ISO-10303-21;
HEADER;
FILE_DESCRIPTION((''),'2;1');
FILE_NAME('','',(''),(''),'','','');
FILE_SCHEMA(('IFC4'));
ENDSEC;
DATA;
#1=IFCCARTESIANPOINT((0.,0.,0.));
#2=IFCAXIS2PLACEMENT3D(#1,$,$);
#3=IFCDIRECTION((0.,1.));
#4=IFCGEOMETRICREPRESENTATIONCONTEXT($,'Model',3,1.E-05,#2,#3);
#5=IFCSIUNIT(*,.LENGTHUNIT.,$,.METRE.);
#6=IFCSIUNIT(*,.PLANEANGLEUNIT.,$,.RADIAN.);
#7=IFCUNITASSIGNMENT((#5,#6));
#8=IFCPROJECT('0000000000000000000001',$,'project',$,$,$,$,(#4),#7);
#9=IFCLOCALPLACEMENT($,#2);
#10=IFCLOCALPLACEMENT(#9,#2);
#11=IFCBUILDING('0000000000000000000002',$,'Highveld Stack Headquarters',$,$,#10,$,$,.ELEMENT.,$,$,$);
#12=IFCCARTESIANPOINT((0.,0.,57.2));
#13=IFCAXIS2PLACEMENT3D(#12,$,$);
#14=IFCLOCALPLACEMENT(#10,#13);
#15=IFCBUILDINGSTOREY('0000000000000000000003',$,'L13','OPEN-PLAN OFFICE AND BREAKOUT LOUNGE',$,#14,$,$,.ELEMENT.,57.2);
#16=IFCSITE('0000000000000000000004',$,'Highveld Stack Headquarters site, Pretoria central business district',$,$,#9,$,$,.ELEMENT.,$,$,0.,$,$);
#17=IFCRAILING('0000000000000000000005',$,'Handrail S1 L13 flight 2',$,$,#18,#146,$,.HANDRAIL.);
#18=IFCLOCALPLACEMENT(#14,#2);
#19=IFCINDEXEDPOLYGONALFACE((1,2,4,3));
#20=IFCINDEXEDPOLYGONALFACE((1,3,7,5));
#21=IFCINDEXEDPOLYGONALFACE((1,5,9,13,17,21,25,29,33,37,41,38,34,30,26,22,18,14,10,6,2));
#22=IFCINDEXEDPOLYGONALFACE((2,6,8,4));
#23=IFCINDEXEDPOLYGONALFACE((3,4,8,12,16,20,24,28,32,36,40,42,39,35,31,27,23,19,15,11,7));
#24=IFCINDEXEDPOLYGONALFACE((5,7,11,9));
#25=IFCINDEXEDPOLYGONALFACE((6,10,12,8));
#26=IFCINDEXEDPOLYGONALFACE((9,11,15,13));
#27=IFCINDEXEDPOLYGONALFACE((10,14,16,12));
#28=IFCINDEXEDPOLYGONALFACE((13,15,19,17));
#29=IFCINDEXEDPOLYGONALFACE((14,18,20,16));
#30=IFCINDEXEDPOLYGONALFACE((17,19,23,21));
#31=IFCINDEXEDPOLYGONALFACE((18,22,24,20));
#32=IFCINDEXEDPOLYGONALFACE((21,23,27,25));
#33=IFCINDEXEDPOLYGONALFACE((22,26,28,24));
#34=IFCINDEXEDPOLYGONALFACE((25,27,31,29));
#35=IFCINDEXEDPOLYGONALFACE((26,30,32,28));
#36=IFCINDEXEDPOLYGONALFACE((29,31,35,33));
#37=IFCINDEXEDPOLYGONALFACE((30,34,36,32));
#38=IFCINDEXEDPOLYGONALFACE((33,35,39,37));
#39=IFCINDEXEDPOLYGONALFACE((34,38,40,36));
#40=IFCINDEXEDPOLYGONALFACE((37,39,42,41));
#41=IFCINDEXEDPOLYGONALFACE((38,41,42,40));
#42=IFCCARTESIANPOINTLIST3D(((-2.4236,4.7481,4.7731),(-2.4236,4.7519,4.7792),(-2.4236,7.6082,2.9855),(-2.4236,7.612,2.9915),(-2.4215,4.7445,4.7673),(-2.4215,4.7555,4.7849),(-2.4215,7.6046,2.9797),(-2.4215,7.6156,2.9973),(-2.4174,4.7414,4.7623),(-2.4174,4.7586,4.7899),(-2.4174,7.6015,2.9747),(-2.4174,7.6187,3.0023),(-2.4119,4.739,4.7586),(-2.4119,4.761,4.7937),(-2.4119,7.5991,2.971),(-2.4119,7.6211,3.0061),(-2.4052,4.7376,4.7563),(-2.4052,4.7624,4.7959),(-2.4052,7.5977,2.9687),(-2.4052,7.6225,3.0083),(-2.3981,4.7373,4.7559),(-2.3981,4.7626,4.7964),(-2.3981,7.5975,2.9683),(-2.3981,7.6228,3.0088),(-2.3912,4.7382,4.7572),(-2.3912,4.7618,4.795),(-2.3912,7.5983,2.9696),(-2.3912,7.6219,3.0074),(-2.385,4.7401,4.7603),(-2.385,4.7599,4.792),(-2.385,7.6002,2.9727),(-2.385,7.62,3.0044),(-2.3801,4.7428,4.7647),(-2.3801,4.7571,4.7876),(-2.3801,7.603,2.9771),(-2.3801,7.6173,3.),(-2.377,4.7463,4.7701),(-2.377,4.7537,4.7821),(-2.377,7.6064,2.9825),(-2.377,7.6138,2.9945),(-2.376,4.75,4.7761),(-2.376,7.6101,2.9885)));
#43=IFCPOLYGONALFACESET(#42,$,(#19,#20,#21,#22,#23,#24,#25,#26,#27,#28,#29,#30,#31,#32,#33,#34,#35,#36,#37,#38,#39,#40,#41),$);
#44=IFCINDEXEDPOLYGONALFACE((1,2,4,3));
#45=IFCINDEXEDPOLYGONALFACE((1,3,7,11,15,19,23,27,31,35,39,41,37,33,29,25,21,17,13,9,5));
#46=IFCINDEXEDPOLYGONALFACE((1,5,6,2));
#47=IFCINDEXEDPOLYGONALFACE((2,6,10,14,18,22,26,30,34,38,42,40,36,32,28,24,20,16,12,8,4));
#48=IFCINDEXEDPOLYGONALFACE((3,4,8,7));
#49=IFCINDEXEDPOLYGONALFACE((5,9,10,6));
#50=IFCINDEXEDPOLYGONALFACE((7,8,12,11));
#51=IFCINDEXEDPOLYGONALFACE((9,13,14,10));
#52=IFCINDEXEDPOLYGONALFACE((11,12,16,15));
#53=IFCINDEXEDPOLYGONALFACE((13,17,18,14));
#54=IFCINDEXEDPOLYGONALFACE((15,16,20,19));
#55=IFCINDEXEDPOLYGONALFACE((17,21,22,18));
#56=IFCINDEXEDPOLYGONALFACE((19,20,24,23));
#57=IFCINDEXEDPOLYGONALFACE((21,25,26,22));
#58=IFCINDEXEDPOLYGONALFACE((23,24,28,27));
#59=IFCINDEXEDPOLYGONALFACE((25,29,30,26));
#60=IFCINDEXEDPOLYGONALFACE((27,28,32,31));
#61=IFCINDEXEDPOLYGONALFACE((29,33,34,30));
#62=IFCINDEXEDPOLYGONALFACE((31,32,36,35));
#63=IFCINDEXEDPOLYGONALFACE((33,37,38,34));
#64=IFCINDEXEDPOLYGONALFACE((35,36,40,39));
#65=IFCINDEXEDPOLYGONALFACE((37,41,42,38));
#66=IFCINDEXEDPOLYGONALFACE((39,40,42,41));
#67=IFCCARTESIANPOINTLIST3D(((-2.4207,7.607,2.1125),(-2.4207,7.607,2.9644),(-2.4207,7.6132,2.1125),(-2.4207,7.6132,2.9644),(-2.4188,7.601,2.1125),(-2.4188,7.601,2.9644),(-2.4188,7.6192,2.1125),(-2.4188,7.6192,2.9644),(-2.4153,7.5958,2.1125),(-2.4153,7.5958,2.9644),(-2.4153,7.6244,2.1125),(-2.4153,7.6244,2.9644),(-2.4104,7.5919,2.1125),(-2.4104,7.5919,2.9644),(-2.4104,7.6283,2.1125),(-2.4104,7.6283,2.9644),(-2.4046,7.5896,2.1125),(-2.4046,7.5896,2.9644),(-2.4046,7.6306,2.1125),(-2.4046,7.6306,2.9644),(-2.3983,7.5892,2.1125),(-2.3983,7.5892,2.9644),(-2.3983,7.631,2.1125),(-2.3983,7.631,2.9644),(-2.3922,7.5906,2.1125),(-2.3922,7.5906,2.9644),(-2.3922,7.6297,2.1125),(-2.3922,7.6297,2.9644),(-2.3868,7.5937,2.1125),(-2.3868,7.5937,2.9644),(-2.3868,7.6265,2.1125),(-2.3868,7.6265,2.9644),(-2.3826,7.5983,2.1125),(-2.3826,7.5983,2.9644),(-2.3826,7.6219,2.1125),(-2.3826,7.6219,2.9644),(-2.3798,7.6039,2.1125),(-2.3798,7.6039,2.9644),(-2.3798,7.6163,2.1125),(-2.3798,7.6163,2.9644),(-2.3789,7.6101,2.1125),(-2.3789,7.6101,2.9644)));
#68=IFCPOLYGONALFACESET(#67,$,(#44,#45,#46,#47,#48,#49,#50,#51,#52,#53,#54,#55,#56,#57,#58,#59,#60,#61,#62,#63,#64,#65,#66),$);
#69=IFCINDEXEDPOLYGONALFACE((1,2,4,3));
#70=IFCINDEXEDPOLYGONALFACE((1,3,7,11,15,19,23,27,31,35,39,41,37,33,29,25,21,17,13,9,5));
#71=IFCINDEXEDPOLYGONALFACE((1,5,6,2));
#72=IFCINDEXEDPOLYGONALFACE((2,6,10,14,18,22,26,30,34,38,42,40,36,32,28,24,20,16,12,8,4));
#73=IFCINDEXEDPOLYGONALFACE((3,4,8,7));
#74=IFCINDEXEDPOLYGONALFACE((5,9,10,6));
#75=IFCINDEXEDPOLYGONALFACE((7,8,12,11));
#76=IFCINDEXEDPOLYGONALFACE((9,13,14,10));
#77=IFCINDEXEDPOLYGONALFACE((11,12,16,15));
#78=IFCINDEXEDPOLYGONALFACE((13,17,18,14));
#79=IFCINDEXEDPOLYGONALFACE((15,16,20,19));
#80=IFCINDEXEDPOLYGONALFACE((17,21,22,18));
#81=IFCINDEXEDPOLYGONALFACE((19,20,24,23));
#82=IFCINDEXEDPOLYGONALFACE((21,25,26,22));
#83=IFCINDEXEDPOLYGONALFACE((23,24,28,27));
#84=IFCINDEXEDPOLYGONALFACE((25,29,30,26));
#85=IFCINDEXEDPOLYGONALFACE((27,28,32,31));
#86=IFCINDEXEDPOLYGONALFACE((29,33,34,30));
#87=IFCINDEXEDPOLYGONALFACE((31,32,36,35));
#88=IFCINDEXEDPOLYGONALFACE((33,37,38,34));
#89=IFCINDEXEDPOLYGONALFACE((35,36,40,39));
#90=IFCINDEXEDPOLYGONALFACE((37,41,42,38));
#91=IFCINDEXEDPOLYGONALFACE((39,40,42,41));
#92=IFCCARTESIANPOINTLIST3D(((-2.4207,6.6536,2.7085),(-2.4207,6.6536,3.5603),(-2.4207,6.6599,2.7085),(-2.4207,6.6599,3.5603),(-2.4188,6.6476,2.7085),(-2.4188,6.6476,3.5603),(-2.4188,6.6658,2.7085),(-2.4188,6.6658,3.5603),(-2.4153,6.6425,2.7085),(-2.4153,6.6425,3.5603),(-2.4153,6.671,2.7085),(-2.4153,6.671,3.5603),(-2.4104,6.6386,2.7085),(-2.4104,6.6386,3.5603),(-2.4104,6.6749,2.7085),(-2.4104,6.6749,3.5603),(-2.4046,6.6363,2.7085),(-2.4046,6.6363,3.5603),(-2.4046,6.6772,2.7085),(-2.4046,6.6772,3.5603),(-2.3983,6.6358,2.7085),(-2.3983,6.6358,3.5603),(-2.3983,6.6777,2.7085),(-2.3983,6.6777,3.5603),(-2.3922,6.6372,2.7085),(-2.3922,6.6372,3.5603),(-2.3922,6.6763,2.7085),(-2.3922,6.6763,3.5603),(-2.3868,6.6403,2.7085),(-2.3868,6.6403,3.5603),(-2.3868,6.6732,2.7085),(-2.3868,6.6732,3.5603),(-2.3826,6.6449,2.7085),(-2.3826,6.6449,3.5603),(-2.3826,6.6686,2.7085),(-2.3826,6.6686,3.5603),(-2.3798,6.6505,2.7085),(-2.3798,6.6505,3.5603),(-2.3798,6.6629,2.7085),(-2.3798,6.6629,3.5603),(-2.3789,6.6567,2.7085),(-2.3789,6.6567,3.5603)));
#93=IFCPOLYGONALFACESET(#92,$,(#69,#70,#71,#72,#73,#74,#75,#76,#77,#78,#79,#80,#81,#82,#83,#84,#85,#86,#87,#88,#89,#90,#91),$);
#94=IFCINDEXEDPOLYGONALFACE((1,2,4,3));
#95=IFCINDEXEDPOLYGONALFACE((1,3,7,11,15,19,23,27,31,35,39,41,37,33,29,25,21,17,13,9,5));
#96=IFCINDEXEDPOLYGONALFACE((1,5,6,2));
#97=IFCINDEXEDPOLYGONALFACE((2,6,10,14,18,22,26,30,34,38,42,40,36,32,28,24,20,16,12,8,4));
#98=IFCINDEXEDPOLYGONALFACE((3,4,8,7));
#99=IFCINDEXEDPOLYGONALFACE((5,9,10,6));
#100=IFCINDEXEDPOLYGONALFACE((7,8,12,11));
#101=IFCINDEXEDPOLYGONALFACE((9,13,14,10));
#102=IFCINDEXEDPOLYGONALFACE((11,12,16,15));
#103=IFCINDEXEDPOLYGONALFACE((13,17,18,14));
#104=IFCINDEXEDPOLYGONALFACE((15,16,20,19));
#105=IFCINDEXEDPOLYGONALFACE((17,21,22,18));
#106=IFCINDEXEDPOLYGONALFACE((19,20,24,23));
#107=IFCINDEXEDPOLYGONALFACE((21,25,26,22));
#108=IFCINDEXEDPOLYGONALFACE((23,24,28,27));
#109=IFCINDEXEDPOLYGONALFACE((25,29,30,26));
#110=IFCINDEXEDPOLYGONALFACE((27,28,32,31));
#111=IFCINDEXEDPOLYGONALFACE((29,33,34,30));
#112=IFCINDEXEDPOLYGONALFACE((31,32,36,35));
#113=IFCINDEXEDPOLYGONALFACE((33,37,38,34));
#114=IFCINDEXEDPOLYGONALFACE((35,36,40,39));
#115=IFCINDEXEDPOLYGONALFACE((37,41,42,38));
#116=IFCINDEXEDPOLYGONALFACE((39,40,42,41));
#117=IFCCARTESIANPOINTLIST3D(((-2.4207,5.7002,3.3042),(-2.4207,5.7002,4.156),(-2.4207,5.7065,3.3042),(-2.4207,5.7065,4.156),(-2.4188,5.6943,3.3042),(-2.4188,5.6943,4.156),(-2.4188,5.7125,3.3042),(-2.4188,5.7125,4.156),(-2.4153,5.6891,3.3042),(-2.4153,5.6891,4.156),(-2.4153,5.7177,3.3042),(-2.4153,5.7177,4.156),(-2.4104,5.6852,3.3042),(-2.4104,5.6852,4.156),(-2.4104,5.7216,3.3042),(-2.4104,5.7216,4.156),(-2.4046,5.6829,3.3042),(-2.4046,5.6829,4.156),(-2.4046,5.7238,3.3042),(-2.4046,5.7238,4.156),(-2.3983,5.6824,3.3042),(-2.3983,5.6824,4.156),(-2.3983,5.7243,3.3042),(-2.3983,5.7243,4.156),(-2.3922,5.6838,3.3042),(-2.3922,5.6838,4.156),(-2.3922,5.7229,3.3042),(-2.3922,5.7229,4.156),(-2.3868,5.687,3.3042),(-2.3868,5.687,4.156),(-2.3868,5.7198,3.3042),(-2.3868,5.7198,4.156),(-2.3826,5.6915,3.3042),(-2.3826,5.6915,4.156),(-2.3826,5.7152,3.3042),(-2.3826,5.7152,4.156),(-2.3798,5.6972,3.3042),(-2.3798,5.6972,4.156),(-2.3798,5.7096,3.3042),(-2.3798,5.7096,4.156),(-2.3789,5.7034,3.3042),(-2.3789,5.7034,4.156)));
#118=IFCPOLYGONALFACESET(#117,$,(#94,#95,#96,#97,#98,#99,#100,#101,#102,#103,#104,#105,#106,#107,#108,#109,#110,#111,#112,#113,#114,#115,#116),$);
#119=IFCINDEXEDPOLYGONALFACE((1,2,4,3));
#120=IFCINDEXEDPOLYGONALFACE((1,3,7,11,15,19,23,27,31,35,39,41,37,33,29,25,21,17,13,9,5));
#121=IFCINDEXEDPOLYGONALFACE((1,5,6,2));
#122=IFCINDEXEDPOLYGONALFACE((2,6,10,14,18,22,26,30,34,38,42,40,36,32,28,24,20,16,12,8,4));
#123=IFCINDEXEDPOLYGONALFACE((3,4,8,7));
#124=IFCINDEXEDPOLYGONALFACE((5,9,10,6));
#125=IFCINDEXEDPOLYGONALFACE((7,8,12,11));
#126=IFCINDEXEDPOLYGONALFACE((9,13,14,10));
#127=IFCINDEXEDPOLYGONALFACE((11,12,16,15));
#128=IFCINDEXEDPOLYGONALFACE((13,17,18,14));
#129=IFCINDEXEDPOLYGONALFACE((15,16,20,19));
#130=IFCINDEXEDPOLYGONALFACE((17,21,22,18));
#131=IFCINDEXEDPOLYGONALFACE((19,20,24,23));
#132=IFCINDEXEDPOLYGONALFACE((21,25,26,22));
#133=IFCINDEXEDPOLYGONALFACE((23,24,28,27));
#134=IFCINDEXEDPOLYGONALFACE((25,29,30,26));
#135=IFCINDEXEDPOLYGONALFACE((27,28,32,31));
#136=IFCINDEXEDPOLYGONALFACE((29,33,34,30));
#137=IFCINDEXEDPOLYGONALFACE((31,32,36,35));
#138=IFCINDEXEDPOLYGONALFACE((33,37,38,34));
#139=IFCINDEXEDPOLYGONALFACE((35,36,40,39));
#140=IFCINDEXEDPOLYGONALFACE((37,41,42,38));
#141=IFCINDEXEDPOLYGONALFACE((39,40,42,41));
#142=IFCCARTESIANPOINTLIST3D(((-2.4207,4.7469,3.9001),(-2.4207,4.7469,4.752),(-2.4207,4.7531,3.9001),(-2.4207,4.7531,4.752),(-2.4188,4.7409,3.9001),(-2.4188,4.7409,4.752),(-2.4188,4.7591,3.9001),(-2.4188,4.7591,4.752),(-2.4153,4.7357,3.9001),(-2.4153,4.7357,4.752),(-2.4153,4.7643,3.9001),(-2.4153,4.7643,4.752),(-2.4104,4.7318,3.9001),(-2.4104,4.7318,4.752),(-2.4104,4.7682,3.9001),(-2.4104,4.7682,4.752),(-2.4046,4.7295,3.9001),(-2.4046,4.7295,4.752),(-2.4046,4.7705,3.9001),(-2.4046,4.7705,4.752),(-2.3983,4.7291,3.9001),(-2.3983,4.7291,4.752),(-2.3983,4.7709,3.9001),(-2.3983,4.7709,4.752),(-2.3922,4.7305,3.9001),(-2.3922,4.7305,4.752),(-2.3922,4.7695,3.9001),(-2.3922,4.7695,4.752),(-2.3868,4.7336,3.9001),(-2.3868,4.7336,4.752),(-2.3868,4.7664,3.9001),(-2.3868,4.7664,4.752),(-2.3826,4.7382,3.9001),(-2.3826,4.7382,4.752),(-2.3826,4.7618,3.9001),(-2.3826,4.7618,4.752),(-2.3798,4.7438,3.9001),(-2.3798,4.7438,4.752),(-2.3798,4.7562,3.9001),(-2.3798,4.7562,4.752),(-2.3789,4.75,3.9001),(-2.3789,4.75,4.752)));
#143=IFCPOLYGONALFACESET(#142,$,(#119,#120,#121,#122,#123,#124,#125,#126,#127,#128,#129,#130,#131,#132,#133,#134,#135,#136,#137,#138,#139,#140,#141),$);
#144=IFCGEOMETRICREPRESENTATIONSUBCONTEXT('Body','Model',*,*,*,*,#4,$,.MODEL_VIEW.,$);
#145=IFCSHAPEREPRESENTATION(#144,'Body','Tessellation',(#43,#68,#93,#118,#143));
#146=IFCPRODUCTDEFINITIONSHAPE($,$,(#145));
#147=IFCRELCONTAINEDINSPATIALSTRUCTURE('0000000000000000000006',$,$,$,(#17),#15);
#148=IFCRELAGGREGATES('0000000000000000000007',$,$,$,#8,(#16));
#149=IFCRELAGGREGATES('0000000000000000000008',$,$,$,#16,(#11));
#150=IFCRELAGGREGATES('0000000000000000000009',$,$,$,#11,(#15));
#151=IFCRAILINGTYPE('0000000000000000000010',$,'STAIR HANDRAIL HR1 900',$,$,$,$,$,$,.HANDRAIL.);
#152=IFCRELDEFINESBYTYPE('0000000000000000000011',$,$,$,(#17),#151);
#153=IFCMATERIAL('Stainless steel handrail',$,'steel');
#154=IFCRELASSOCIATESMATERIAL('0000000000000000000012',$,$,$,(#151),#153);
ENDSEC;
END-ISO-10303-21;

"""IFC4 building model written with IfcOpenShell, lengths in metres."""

from ifc_helpers import new_model, si_unit, direction, frame, origin, origin_2d, place, context, subcontext, project, spatial, circle, extrude, material, type_object, element, save


model = new_model("IFC4")

# Units and contexts
model_context = context("Model", 3, precision=1e-05, world=origin(), true_north=direction((0.0, 1.0)))
body_context = subcontext(model_context, "Body", "Model", "MODEL_VIEW")
ifc_project = project(units=[si_unit("LENGTHUNIT", "METRE"), si_unit("PLANEANGLEUNIT", "RADIAN")], contexts=[model_context])

# Site, building, storey
site_placement = place(None, origin())
site = spatial("IfcSite", under=ifc_project, at=site_placement, Name="Highveld Stack Headquarters site, Pretoria central business district", CompositionType="ELEMENT", RefElevation=0.0)
building_placement = place(site_placement, origin())
building = spatial("IfcBuilding", under=site, at=building_placement, Name="Highveld Stack Headquarters", CompositionType="ELEMENT")
storey_placement = place(building_placement, frame((0.0, 0.0, 57.2)))
storey = spatial("IfcBuildingStorey", under=building, at=storey_placement, Name="L13", Description="OPEN-PLAN OFFICE AND BREAKOUT LOUNGE", CompositionType="ELEMENT", Elevation=57.2)

# Railing
ifc_material_1 = material(Name="Stainless steel handrail", Category="steel")
railing_type = type_object("IfcRailingType", Name="STAIR HANDRAIL HR1 900", PredefinedType="HANDRAIL", material=ifc_material_1)
for number, where, name in (
    (1, (-2.3999, 7.6101, 2.1125), "Handrail S1 L13 flight 2"),
):
    element("IfcRailing", number, at=place(storey_placement, frame(where)), inside=storey, type_object=railing_type, Name=name, PredefinedType="HANDRAIL", context=body_context, shape_type="SweptSolid", body=[
        extrude(circle(Radius=0.0239, at=origin_2d()), frame((0.0, 0.0, 0.876), z_axis=(0.0, -0.847994, 0.530005), x_axis=(1.0, 0.0, 0.0)), (0.0, 0.0, 1.0), 3.3728),
        extrude(circle(Radius=0.021, at=origin_2d()), origin(), (0.0, 0.0, 1.0), 0.8518),
        extrude(circle(Radius=0.021, at=origin_2d()), frame((0.0, -0.9534, 0.5959)), (0.0, 0.0, 1.0), 0.8518),
        extrude(circle(Radius=0.021, at=origin_2d()), frame((0.0, -1.9067, 1.1917)), (0.0, 0.0, 1.0), 0.8518),
        extrude(circle(Radius=0.021, at=origin_2d()), frame((0.0, -2.8601, 1.7876)), (0.0, 0.0, 1.0), 0.8518),
    ])

save(model, "model.ifc")
